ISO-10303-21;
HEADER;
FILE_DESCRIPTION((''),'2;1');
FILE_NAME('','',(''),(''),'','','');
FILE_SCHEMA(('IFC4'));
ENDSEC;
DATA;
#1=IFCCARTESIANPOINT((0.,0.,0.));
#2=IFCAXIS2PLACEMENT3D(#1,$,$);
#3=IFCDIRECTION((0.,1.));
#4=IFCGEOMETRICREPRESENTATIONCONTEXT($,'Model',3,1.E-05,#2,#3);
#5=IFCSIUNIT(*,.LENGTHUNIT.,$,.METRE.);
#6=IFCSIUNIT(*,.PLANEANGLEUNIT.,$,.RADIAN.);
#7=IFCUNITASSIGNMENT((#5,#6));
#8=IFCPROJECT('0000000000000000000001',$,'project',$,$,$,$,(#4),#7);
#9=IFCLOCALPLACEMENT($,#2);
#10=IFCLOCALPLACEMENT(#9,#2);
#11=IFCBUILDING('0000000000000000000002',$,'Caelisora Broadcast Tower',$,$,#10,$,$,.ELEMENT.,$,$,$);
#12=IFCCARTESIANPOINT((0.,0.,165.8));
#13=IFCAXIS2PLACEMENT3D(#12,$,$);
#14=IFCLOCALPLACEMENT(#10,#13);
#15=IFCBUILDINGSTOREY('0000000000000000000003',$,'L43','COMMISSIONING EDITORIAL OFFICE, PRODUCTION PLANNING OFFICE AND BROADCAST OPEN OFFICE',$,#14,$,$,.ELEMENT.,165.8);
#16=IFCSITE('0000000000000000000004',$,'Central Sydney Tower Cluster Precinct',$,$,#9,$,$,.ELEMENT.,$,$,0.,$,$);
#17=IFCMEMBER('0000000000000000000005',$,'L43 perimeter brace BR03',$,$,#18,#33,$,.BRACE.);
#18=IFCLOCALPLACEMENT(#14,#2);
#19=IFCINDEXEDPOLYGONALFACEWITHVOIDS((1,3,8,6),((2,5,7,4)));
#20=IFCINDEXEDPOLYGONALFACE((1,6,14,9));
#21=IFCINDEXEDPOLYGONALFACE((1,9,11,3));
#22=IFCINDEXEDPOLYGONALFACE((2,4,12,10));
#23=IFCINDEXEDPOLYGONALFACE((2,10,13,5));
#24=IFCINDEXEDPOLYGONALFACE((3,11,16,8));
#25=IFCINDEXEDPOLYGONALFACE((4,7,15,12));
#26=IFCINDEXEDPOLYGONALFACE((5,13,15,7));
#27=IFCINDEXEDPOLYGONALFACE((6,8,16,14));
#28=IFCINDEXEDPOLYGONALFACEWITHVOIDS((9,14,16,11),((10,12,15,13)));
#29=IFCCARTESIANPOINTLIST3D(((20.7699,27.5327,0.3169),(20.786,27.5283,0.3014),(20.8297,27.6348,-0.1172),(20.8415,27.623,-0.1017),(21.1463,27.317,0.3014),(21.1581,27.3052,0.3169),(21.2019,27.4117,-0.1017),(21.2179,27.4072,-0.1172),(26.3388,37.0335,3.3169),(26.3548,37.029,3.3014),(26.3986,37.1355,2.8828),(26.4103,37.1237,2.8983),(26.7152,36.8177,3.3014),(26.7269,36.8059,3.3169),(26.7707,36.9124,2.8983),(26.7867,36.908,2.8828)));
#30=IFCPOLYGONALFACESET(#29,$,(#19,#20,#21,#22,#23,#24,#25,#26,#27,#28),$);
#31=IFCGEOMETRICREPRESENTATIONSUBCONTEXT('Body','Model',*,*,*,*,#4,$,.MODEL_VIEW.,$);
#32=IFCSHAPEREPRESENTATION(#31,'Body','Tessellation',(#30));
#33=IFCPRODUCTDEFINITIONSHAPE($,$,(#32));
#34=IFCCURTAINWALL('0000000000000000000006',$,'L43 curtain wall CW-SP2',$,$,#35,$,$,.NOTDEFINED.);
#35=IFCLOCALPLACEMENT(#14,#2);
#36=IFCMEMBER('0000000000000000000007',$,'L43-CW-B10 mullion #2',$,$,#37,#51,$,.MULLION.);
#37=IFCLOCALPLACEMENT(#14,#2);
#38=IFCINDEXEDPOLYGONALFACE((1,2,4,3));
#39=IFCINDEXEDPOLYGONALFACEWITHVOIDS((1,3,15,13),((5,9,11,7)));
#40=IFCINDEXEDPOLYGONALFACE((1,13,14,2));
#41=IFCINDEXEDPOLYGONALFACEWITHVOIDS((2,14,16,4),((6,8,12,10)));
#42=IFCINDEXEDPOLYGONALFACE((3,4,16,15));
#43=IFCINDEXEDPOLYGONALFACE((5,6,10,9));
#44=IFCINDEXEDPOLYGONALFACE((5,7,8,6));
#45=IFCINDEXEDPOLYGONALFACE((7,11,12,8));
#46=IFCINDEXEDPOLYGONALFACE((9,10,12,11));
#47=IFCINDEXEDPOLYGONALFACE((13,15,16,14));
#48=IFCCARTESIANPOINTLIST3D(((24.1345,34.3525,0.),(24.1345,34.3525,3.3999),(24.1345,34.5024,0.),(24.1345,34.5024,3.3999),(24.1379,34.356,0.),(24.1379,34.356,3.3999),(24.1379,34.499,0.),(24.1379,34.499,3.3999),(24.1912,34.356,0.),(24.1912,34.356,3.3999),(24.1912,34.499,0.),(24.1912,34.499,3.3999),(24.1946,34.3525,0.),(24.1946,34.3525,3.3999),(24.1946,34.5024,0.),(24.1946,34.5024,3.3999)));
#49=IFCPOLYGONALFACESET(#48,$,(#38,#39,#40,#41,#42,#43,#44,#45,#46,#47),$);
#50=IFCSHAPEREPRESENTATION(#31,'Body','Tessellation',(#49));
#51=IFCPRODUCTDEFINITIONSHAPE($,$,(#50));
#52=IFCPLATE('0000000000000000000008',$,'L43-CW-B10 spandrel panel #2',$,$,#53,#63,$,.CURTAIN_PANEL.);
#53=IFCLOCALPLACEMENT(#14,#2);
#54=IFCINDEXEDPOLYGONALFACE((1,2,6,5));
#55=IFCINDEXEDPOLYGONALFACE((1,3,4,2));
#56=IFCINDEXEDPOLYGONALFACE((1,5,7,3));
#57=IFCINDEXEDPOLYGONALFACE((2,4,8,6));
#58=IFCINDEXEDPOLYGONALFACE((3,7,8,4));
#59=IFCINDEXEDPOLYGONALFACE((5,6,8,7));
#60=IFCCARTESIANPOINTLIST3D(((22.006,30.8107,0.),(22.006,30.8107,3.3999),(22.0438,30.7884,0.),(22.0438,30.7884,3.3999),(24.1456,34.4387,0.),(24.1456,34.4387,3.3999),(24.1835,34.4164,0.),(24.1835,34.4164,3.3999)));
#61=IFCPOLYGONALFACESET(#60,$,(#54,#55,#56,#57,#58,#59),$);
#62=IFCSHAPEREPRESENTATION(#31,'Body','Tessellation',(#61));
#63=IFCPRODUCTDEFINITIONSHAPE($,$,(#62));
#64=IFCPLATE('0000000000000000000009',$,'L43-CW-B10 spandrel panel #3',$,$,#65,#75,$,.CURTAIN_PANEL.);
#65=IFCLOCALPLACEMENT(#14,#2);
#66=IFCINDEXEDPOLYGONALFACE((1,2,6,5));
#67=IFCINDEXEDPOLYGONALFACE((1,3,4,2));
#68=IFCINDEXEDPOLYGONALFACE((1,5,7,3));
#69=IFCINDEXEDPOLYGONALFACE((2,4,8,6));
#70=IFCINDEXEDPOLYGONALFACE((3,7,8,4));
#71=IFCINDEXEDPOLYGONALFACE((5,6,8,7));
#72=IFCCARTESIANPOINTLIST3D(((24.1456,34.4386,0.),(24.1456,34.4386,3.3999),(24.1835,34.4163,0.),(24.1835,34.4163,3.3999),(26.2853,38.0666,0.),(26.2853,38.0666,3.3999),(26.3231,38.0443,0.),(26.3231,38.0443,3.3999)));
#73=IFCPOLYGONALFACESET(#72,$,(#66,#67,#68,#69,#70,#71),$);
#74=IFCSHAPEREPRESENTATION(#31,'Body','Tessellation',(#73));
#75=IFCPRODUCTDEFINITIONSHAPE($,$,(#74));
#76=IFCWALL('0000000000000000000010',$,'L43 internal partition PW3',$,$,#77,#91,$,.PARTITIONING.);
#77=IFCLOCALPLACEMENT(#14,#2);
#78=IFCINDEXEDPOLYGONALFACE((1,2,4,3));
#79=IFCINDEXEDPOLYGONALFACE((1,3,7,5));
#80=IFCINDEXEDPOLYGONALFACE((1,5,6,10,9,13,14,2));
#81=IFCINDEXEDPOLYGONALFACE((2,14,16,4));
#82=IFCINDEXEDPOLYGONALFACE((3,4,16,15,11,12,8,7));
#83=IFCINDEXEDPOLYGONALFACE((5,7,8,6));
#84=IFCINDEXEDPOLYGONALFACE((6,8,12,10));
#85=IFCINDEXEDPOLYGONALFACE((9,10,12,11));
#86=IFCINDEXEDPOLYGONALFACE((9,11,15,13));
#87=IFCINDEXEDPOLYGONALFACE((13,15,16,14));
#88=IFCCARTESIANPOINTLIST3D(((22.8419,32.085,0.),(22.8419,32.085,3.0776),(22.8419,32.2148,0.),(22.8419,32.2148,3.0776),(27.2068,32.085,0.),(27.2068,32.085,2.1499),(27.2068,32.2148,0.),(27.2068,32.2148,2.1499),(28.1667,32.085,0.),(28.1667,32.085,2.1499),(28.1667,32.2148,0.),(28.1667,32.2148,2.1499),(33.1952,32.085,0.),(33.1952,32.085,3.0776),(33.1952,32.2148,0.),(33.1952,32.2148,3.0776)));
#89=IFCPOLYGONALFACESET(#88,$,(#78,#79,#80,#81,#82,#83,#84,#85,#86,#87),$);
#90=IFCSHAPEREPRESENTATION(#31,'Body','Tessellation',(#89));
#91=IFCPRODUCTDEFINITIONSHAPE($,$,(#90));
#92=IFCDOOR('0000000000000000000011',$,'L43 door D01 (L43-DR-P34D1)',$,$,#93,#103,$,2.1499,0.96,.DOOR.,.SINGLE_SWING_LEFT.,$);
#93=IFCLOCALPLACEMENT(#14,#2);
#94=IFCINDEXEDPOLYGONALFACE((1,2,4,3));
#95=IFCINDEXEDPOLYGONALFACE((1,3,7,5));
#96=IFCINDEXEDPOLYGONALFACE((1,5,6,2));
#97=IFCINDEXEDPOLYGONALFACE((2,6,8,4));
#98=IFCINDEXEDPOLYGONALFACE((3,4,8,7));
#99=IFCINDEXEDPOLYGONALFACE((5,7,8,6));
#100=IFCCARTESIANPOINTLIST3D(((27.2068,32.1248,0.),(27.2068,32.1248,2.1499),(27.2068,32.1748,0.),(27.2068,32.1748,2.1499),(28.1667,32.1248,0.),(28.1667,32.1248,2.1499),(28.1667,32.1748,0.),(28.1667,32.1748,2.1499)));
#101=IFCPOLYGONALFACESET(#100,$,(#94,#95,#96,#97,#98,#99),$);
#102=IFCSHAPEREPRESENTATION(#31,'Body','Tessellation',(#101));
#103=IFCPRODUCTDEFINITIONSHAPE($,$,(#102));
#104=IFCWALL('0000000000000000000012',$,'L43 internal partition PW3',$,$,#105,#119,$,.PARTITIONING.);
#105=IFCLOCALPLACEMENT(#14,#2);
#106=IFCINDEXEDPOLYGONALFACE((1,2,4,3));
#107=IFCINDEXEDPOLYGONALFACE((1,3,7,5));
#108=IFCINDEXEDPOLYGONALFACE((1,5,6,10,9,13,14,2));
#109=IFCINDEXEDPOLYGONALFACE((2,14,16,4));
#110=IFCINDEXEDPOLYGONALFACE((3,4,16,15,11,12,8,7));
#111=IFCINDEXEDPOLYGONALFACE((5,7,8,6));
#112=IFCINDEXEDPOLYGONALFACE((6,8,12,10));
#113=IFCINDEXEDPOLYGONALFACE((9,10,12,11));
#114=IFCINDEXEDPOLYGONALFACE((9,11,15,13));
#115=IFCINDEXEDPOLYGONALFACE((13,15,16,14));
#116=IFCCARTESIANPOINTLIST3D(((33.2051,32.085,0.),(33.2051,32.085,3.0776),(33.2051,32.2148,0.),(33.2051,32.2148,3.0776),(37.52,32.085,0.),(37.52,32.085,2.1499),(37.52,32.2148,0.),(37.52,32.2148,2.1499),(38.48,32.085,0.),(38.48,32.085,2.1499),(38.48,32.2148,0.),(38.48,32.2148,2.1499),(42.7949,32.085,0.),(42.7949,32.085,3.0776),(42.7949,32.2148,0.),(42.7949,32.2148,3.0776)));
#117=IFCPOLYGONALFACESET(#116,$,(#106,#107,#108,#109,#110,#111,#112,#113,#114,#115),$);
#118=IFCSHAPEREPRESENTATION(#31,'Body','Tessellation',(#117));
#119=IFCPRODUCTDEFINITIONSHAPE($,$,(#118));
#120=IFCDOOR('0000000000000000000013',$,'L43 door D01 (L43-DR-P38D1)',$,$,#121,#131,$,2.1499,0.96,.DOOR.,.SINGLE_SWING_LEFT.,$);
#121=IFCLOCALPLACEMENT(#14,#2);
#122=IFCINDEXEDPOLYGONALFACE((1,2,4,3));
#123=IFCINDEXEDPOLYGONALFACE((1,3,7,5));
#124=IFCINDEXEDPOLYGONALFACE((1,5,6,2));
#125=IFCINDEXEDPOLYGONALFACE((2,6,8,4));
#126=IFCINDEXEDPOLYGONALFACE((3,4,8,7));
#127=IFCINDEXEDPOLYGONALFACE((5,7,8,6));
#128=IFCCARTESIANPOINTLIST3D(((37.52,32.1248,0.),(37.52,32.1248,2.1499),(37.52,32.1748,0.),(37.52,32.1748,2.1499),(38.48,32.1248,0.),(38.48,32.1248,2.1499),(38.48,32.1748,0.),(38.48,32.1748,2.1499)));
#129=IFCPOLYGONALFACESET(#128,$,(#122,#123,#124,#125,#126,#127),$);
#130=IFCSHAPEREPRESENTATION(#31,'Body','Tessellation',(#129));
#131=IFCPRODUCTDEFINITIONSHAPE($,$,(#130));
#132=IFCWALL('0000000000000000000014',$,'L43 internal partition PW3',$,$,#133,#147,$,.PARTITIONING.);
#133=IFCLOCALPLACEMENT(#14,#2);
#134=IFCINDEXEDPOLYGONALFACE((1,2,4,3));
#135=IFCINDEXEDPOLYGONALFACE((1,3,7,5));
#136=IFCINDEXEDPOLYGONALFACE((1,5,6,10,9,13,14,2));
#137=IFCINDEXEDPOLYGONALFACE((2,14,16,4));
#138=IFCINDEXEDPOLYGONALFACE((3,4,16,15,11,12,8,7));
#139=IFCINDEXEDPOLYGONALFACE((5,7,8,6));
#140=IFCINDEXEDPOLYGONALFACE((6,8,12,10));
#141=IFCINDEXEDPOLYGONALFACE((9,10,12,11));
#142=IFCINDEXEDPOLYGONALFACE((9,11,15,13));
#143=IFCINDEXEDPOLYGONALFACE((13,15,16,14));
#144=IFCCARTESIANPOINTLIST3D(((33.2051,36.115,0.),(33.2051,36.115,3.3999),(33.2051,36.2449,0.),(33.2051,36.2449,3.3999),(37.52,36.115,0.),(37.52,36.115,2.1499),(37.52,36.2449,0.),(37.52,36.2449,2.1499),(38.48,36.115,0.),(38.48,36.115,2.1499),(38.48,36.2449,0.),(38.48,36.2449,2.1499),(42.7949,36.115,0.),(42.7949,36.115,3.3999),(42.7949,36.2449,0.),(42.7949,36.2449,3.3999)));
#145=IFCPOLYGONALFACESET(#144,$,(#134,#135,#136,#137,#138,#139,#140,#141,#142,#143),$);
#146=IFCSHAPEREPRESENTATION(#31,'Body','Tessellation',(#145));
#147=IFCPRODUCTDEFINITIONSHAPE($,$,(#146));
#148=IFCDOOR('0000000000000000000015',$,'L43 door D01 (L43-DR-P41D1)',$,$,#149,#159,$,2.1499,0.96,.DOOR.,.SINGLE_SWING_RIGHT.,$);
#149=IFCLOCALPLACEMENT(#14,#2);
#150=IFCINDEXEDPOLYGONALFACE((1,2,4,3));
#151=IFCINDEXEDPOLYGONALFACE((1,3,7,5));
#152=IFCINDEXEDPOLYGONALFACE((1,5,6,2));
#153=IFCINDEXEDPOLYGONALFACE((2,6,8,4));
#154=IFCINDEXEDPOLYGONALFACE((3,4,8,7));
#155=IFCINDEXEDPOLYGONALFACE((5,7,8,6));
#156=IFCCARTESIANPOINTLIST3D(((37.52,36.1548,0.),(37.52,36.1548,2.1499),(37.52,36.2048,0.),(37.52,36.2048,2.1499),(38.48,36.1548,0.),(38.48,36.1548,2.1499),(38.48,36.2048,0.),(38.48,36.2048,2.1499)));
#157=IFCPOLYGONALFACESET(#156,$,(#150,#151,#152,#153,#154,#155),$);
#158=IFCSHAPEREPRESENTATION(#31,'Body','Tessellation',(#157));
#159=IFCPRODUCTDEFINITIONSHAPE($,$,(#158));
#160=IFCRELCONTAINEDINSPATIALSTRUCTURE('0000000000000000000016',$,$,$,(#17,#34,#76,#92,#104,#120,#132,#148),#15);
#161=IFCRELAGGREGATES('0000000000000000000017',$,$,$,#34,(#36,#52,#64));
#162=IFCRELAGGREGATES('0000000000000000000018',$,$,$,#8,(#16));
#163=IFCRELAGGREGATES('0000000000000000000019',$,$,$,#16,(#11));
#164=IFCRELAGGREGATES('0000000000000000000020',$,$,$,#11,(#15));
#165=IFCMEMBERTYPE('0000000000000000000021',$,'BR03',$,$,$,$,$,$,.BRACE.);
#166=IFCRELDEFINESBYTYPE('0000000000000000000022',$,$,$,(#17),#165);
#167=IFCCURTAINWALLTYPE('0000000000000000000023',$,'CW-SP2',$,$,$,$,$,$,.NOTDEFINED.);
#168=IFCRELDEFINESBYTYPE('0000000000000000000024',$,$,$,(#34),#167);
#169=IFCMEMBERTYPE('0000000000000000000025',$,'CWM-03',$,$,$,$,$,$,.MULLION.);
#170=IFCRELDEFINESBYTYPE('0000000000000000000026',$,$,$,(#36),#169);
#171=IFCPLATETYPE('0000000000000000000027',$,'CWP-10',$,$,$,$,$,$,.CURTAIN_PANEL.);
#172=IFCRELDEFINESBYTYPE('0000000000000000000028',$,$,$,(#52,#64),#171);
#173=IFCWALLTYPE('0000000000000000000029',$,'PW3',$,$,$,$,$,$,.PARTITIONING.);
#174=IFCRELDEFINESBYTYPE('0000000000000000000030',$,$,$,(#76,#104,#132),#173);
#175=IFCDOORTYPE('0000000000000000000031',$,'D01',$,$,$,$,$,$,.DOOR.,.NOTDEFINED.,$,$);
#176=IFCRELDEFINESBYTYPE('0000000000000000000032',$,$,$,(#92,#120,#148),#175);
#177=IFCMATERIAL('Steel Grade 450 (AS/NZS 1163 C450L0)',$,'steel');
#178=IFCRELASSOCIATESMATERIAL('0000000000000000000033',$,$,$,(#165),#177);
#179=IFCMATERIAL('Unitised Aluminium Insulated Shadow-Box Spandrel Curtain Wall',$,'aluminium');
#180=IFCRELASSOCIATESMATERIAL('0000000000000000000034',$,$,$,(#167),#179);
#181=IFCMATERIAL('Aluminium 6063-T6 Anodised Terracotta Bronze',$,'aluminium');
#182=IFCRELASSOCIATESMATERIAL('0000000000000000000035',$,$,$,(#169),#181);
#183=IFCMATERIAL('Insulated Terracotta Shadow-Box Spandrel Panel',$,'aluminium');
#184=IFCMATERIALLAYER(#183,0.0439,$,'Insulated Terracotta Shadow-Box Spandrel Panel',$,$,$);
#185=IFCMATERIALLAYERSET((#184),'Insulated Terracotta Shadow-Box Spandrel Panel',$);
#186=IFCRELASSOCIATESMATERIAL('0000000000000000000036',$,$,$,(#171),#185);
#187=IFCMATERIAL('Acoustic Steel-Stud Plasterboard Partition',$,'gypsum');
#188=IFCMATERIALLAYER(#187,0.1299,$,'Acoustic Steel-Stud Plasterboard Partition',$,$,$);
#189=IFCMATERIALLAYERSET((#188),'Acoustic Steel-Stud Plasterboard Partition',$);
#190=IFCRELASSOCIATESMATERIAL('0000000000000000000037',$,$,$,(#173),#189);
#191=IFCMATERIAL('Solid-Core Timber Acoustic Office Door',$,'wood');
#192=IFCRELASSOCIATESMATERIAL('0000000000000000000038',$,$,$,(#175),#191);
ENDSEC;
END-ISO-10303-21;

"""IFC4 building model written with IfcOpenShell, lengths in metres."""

from ifc_helpers import new_model, si_unit, direction, frame, frame_2d, origin, origin_2d, place, context, subcontext, project, spatial, rectangle, hollow_rectangle, extrude, source, transform, mapped, material, layer, layer_set, material_profile, profile_set, type_object, type_shapes, element, fill, aggregate, save


model = new_model("IFC4")

# Units and contexts
model_context = context("Model", 3, precision=1e-05, world=origin(), true_north=direction((0.0, 1.0)))
body_context = subcontext(model_context, "Body", "Model", "MODEL_VIEW")
ifc_project = project(units=[si_unit("LENGTHUNIT", "METRE"), si_unit("PLANEANGLEUNIT", "RADIAN")], contexts=[model_context])

# Site, building, storey
site_placement = place(None, origin())
site = spatial("IfcSite", under=ifc_project, at=site_placement, Name="Central Sydney Tower Cluster Precinct", CompositionType="ELEMENT", RefElevation=0.0)
building_placement = place(site_placement, origin())
building = spatial("IfcBuilding", under=site, at=building_placement, Name="Caelisora Broadcast Tower", CompositionType="ELEMENT")
storey_placement = place(building_placement, frame((0.0, 0.0, 165.8)))
storey = spatial("IfcBuildingStorey", under=building, at=storey_placement, Name="L43", Description="COMMISSIONING EDITORIAL OFFICE, PRODUCTION PLANNING OFFICE AND BROADCAST OPEN OFFICE", CompositionType="ELEMENT", Elevation=165.8)

# Member
ifc_material_1 = material(Name="Steel Grade 450 (AS/NZS 1163 C450L0)", Category="steel")
ifc_material_profile_1 = material_profile(ifc_material_1, hollow_rectangle(XDim=0.45, YDim=0.45, WallThickness=0.0161, at=origin_2d()), Name="Steel Grade 450 (AS/NZS 1163 C450L0)")
ifc_profile_set_1 = profile_set([ifc_material_profile_1], Name="Steel Grade 450 (AS/NZS 1163 C450L0)")
member_type_1 = type_object("IfcMemberType", Name="BR03", PredefinedType="BRACE", material=ifc_profile_set_1)
shared_shape_1 = source(origin(), body_context, "Body", "SweptSolid", [
    extrude(hollow_rectangle(XDim=0.45, YDim=0.45, WallThickness=0.0161, at=origin_2d()), origin(), (0.0, 0.0, 1.0), 11.4138),
])
type_shapes(member_type_1, [shared_shape_1])
member_1_placement = place(storey_placement, frame((26.5627, 36.9707, 3.0999), z_axis=(-0.487903, -0.832386, -0.262839), x_axis=(0.86272, -0.505683, 0.0)))
element("IfcMember", 1, at=member_1_placement, inside=storey, type_object=member_type_1, Name="L43 perimeter brace BR03", PredefinedType="BRACE", context=body_context, shape_type="MappedRepresentation", body=[
    mapped(shared_shape_1, transform((0.0, 0.0, 0.0), scale=1.0)),
])

# Curtain wall, member, plates
ifc_material_2 = material(Name="Unitised Aluminium Insulated Shadow-Box Spandrel Curtain Wall", Category="aluminium")
curtain_wall_type = type_object("IfcCurtainWallType", Name="CW-SP2", PredefinedType="NOTDEFINED", material=ifc_material_2)
curtain_wall_placement = place(storey_placement, origin())
curtain_wall = element("IfcCurtainWall", 2, at=curtain_wall_placement, inside=storey, type_object=curtain_wall_type, Name="L43 curtain wall CW-SP2", PredefinedType="NOTDEFINED")
ifc_material_3 = material(Name="Aluminium 6063-T6 Anodised Terracotta Bronze", Category="aluminium")
ifc_material_profile_2 = material_profile(ifc_material_3, hollow_rectangle(XDim=0.0601, YDim=0.1499, WallThickness=0.0034, at=origin_2d()), Name="Aluminium 6063-T6 Anodised Terracotta Bronze")
ifc_profile_set_2 = profile_set([ifc_material_profile_2], Name="Aluminium 6063-T6 Anodised Terracotta Bronze")
member_type_2 = type_object("IfcMemberType", Name="CWM-03", PredefinedType="MULLION", material=ifc_profile_set_2)
shared_shape_2 = source(origin(), body_context, "Body", "SweptSolid", [
    extrude(hollow_rectangle(XDim=0.0601, YDim=0.1499, WallThickness=0.0034, at=origin_2d()), origin(), (0.0, 0.0, 1.0), 3.3999),
])
type_shapes(member_type_2, [shared_shape_2])
member_2_placement = place(storey_placement, frame((24.1646, 34.4275, 0.0), z_axis=(0.0, 0.0, 1.0), x_axis=(1.0, 0.0, 0.0)))
member_2 = element("IfcMember", 3, at=member_2_placement, type_object=member_type_2, Name="L43-CW-B10 mullion #2", PredefinedType="MULLION", context=body_context, shape_type="MappedRepresentation", body=[
    mapped(shared_shape_2, transform((0.0, 0.0, 0.0), scale=1.0)),
])
ifc_material_4 = material(Name="Insulated Terracotta Shadow-Box Spandrel Panel", Category="aluminium")
ifc_layer_1 = layer(ifc_material_4, 0.0439, Name="Insulated Terracotta Shadow-Box Spandrel Panel")
ifc_layer_set_1 = layer_set([ifc_layer_1], Name="Insulated Terracotta Shadow-Box Spandrel Panel")
plate_type = type_object("IfcPlateType", Name="CWP-10", PredefinedType="CURTAIN_PANEL", material=ifc_layer_set_1)
shared_shape_3 = source(origin(), body_context, "Body", "SweptSolid", [
    extrude(rectangle(XDim=4.2119, YDim=0.0439, at=origin_2d()), origin(), (0.0, 0.0, 1.0), 3.3999),
])
type_shapes(plate_type, [shared_shape_3])
plate_1_placement = place(storey_placement, frame((23.0947, 32.6135, 0.0), z_axis=(0.0, 0.0, 1.0), x_axis=(0.507989, 0.861363, 0.0)))
plate_1 = element("IfcPlate", 4, at=plate_1_placement, type_object=plate_type, Name="L43-CW-B10 spandrel panel #2", PredefinedType="CURTAIN_PANEL", context=body_context, shape_type="MappedRepresentation", body=[
    mapped(shared_shape_3, transform((0.0, 0.0, 0.0), scale=1.0)),
])
plate_2_placement = place(storey_placement, frame((25.2344, 36.2415, 0.0), z_axis=(0.0, 0.0, 1.0), x_axis=(0.507989, 0.861363, 0.0)))
plate_2 = element("IfcPlate", 5, at=plate_2_placement, type_object=plate_type, Name="L43-CW-B10 spandrel panel #3", PredefinedType="CURTAIN_PANEL", context=body_context, shape_type="MappedRepresentation", body=[
    mapped(shared_shape_3, transform((0.0, 0.0, 0.0), scale=1.0)),
])
aggregate(curtain_wall, [member_2, plate_1, plate_2])

# Walls, openings, doors
ifc_material_5 = material(Name="Acoustic Steel-Stud Plasterboard Partition", Category="gypsum")
ifc_layer_2 = layer(ifc_material_5, 0.1299, Name="Acoustic Steel-Stud Plasterboard Partition")
ifc_layer_set_2 = layer_set([ifc_layer_2], Name="Acoustic Steel-Stud Plasterboard Partition")
wall_type = type_object("IfcWallType", Name="PW3", PredefinedType="PARTITIONING", material=ifc_layer_set_2)
wall_1_placement = place(storey_placement, frame((22.8418, 32.1499, 0.0), z_axis=(0.0, 0.0, 1.0), x_axis=(1.0, 0.0, 0.0)))
wall_1 = element("IfcWall", 6, at=wall_1_placement, inside=storey, type_object=wall_type, Name="L43 internal partition PW3", PredefinedType="PARTITIONING", context=body_context, shape_type="SweptSolid", body=[
    extrude(rectangle(XDim=10.3533, YDim=0.1299, at=frame_2d((5.1768, 0.0))), origin(), (0.0, 0.0, 1.0), 3.0776),
])
opening_1_placement = place(wall_1_placement, frame((4.365, 0.0, 0.0)))
opening_1 = element("IfcOpeningElement", 7, at=opening_1_placement, cuts=wall_1, PredefinedType="OPENING", context=body_context, shape_type="SweptSolid", body=[
    extrude(rectangle(XDim=0.96, YDim=2.1499, at=frame_2d((0.48, 1.075))), frame((0.0, 0.0769, 0.0), z_axis=(0.0, -1.0, 0.0), x_axis=(1.0, 0.0, 0.0)), (0.0, 0.0, 1.0), 0.1538),
])
ifc_material_6 = material(Name="Solid-Core Timber Acoustic Office Door", Category="wood")
door_type = type_object("IfcDoorType", Name="D01", OperationType="NOTDEFINED", PredefinedType="DOOR", material=ifc_material_6)
door_1_placement = place(opening_1_placement, origin())
door_1 = element("IfcDoor", 8, at=door_1_placement, inside=storey, type_object=door_type, Name="L43 door D01 (L43-DR-P34D1)", OperationType="SINGLE_SWING_LEFT", OverallHeight=2.1499, OverallWidth=0.96, PredefinedType="DOOR", context=body_context, shape_type="SweptSolid", body=[
    extrude(rectangle(XDim=0.96, YDim=2.1499, at=frame_2d((0.48, 1.075))), frame((0.0, 0.0249, 0.0), z_axis=(0.0, -1.0, 0.0), x_axis=(1.0, 0.0, 0.0)), (0.0, 0.0, 1.0), 0.05),
])
fill(opening_1, door_1)
wall_2_placement = place(storey_placement, frame((33.2051, 32.1499, 0.0), z_axis=(0.0, 0.0, 1.0), x_axis=(1.0, 0.0, 0.0)))
wall_2 = element("IfcWall", 9, at=wall_2_placement, inside=storey, type_object=wall_type, Name="L43 internal partition PW3", PredefinedType="PARTITIONING", context=body_context, shape_type="SweptSolid", body=[
    extrude(rectangle(XDim=9.5898, YDim=0.1299, at=frame_2d((4.7949, 0.0))), origin(), (0.0, 0.0, 1.0), 3.0776),
])
opening_2_placement = place(wall_2_placement, frame((4.3149, 0.0, 0.0)))
opening_2 = element("IfcOpeningElement", 10, at=opening_2_placement, cuts=wall_2, PredefinedType="OPENING", context=body_context, shape_type="SweptSolid", body=[
    extrude(rectangle(XDim=0.96, YDim=2.1499, at=frame_2d((0.48, 1.075))), frame((0.0, 0.0769, 0.0), z_axis=(0.0, -1.0, 0.0), x_axis=(1.0, 0.0, 0.0)), (0.0, 0.0, 1.0), 0.1538),
])
door_2_placement = place(opening_2_placement, origin())
door_2 = element("IfcDoor", 11, at=door_2_placement, inside=storey, type_object=door_type, Name="L43 door D01 (L43-DR-P38D1)", OperationType="SINGLE_SWING_LEFT", OverallHeight=2.1499, OverallWidth=0.96, PredefinedType="DOOR", context=body_context, shape_type="SweptSolid", body=[
    extrude(rectangle(XDim=0.96, YDim=2.1499, at=frame_2d((0.48, 1.075))), frame((0.0, 0.0249, 0.0), z_axis=(0.0, -1.0, 0.0), x_axis=(1.0, 0.0, 0.0)), (0.0, 0.0, 1.0), 0.05),
])
fill(opening_2, door_2)
wall_3_placement = place(storey_placement, frame((33.2051, 36.1799, 0.0), z_axis=(0.0, 0.0, 1.0), x_axis=(1.0, 0.0, 0.0)))
wall_3 = element("IfcWall", 12, at=wall_3_placement, inside=storey, type_object=wall_type, Name="L43 internal partition PW3", PredefinedType="PARTITIONING", context=body_context, shape_type="SweptSolid", body=[
    extrude(rectangle(XDim=9.5898, YDim=0.1299, at=frame_2d((4.7949, 0.0))), origin(), (0.0, 0.0, 1.0), 3.3999),
])
opening_3_placement = place(wall_3_placement, frame((4.3149, 0.0, 0.0)))
opening_3 = element("IfcOpeningElement", 13, at=opening_3_placement, cuts=wall_3, PredefinedType="OPENING", context=body_context, shape_type="SweptSolid", body=[
    extrude(rectangle(XDim=0.96, YDim=2.1499, at=frame_2d((0.48, 1.075))), frame((0.0, 0.0769, 0.0), z_axis=(0.0, -1.0, 0.0), x_axis=(1.0, 0.0, 0.0)), (0.0, 0.0, 1.0), 0.1538),
])
door_3_placement = place(opening_3_placement, origin())
door_3 = element("IfcDoor", 14, at=door_3_placement, inside=storey, type_object=door_type, Name="L43 door D01 (L43-DR-P41D1)", OperationType="SINGLE_SWING_RIGHT", OverallHeight=2.1499, OverallWidth=0.96, PredefinedType="DOOR", context=body_context, shape_type="SweptSolid", body=[
    extrude(rectangle(XDim=0.96, YDim=2.1499, at=frame_2d((0.48, 1.075))), frame((0.0, 0.0249, 0.0), z_axis=(0.0, -1.0, 0.0), x_axis=(1.0, 0.0, 0.0)), (0.0, 0.0, 1.0), 0.05),
])
fill(opening_3, door_3)

save(model, "model.ifc")
